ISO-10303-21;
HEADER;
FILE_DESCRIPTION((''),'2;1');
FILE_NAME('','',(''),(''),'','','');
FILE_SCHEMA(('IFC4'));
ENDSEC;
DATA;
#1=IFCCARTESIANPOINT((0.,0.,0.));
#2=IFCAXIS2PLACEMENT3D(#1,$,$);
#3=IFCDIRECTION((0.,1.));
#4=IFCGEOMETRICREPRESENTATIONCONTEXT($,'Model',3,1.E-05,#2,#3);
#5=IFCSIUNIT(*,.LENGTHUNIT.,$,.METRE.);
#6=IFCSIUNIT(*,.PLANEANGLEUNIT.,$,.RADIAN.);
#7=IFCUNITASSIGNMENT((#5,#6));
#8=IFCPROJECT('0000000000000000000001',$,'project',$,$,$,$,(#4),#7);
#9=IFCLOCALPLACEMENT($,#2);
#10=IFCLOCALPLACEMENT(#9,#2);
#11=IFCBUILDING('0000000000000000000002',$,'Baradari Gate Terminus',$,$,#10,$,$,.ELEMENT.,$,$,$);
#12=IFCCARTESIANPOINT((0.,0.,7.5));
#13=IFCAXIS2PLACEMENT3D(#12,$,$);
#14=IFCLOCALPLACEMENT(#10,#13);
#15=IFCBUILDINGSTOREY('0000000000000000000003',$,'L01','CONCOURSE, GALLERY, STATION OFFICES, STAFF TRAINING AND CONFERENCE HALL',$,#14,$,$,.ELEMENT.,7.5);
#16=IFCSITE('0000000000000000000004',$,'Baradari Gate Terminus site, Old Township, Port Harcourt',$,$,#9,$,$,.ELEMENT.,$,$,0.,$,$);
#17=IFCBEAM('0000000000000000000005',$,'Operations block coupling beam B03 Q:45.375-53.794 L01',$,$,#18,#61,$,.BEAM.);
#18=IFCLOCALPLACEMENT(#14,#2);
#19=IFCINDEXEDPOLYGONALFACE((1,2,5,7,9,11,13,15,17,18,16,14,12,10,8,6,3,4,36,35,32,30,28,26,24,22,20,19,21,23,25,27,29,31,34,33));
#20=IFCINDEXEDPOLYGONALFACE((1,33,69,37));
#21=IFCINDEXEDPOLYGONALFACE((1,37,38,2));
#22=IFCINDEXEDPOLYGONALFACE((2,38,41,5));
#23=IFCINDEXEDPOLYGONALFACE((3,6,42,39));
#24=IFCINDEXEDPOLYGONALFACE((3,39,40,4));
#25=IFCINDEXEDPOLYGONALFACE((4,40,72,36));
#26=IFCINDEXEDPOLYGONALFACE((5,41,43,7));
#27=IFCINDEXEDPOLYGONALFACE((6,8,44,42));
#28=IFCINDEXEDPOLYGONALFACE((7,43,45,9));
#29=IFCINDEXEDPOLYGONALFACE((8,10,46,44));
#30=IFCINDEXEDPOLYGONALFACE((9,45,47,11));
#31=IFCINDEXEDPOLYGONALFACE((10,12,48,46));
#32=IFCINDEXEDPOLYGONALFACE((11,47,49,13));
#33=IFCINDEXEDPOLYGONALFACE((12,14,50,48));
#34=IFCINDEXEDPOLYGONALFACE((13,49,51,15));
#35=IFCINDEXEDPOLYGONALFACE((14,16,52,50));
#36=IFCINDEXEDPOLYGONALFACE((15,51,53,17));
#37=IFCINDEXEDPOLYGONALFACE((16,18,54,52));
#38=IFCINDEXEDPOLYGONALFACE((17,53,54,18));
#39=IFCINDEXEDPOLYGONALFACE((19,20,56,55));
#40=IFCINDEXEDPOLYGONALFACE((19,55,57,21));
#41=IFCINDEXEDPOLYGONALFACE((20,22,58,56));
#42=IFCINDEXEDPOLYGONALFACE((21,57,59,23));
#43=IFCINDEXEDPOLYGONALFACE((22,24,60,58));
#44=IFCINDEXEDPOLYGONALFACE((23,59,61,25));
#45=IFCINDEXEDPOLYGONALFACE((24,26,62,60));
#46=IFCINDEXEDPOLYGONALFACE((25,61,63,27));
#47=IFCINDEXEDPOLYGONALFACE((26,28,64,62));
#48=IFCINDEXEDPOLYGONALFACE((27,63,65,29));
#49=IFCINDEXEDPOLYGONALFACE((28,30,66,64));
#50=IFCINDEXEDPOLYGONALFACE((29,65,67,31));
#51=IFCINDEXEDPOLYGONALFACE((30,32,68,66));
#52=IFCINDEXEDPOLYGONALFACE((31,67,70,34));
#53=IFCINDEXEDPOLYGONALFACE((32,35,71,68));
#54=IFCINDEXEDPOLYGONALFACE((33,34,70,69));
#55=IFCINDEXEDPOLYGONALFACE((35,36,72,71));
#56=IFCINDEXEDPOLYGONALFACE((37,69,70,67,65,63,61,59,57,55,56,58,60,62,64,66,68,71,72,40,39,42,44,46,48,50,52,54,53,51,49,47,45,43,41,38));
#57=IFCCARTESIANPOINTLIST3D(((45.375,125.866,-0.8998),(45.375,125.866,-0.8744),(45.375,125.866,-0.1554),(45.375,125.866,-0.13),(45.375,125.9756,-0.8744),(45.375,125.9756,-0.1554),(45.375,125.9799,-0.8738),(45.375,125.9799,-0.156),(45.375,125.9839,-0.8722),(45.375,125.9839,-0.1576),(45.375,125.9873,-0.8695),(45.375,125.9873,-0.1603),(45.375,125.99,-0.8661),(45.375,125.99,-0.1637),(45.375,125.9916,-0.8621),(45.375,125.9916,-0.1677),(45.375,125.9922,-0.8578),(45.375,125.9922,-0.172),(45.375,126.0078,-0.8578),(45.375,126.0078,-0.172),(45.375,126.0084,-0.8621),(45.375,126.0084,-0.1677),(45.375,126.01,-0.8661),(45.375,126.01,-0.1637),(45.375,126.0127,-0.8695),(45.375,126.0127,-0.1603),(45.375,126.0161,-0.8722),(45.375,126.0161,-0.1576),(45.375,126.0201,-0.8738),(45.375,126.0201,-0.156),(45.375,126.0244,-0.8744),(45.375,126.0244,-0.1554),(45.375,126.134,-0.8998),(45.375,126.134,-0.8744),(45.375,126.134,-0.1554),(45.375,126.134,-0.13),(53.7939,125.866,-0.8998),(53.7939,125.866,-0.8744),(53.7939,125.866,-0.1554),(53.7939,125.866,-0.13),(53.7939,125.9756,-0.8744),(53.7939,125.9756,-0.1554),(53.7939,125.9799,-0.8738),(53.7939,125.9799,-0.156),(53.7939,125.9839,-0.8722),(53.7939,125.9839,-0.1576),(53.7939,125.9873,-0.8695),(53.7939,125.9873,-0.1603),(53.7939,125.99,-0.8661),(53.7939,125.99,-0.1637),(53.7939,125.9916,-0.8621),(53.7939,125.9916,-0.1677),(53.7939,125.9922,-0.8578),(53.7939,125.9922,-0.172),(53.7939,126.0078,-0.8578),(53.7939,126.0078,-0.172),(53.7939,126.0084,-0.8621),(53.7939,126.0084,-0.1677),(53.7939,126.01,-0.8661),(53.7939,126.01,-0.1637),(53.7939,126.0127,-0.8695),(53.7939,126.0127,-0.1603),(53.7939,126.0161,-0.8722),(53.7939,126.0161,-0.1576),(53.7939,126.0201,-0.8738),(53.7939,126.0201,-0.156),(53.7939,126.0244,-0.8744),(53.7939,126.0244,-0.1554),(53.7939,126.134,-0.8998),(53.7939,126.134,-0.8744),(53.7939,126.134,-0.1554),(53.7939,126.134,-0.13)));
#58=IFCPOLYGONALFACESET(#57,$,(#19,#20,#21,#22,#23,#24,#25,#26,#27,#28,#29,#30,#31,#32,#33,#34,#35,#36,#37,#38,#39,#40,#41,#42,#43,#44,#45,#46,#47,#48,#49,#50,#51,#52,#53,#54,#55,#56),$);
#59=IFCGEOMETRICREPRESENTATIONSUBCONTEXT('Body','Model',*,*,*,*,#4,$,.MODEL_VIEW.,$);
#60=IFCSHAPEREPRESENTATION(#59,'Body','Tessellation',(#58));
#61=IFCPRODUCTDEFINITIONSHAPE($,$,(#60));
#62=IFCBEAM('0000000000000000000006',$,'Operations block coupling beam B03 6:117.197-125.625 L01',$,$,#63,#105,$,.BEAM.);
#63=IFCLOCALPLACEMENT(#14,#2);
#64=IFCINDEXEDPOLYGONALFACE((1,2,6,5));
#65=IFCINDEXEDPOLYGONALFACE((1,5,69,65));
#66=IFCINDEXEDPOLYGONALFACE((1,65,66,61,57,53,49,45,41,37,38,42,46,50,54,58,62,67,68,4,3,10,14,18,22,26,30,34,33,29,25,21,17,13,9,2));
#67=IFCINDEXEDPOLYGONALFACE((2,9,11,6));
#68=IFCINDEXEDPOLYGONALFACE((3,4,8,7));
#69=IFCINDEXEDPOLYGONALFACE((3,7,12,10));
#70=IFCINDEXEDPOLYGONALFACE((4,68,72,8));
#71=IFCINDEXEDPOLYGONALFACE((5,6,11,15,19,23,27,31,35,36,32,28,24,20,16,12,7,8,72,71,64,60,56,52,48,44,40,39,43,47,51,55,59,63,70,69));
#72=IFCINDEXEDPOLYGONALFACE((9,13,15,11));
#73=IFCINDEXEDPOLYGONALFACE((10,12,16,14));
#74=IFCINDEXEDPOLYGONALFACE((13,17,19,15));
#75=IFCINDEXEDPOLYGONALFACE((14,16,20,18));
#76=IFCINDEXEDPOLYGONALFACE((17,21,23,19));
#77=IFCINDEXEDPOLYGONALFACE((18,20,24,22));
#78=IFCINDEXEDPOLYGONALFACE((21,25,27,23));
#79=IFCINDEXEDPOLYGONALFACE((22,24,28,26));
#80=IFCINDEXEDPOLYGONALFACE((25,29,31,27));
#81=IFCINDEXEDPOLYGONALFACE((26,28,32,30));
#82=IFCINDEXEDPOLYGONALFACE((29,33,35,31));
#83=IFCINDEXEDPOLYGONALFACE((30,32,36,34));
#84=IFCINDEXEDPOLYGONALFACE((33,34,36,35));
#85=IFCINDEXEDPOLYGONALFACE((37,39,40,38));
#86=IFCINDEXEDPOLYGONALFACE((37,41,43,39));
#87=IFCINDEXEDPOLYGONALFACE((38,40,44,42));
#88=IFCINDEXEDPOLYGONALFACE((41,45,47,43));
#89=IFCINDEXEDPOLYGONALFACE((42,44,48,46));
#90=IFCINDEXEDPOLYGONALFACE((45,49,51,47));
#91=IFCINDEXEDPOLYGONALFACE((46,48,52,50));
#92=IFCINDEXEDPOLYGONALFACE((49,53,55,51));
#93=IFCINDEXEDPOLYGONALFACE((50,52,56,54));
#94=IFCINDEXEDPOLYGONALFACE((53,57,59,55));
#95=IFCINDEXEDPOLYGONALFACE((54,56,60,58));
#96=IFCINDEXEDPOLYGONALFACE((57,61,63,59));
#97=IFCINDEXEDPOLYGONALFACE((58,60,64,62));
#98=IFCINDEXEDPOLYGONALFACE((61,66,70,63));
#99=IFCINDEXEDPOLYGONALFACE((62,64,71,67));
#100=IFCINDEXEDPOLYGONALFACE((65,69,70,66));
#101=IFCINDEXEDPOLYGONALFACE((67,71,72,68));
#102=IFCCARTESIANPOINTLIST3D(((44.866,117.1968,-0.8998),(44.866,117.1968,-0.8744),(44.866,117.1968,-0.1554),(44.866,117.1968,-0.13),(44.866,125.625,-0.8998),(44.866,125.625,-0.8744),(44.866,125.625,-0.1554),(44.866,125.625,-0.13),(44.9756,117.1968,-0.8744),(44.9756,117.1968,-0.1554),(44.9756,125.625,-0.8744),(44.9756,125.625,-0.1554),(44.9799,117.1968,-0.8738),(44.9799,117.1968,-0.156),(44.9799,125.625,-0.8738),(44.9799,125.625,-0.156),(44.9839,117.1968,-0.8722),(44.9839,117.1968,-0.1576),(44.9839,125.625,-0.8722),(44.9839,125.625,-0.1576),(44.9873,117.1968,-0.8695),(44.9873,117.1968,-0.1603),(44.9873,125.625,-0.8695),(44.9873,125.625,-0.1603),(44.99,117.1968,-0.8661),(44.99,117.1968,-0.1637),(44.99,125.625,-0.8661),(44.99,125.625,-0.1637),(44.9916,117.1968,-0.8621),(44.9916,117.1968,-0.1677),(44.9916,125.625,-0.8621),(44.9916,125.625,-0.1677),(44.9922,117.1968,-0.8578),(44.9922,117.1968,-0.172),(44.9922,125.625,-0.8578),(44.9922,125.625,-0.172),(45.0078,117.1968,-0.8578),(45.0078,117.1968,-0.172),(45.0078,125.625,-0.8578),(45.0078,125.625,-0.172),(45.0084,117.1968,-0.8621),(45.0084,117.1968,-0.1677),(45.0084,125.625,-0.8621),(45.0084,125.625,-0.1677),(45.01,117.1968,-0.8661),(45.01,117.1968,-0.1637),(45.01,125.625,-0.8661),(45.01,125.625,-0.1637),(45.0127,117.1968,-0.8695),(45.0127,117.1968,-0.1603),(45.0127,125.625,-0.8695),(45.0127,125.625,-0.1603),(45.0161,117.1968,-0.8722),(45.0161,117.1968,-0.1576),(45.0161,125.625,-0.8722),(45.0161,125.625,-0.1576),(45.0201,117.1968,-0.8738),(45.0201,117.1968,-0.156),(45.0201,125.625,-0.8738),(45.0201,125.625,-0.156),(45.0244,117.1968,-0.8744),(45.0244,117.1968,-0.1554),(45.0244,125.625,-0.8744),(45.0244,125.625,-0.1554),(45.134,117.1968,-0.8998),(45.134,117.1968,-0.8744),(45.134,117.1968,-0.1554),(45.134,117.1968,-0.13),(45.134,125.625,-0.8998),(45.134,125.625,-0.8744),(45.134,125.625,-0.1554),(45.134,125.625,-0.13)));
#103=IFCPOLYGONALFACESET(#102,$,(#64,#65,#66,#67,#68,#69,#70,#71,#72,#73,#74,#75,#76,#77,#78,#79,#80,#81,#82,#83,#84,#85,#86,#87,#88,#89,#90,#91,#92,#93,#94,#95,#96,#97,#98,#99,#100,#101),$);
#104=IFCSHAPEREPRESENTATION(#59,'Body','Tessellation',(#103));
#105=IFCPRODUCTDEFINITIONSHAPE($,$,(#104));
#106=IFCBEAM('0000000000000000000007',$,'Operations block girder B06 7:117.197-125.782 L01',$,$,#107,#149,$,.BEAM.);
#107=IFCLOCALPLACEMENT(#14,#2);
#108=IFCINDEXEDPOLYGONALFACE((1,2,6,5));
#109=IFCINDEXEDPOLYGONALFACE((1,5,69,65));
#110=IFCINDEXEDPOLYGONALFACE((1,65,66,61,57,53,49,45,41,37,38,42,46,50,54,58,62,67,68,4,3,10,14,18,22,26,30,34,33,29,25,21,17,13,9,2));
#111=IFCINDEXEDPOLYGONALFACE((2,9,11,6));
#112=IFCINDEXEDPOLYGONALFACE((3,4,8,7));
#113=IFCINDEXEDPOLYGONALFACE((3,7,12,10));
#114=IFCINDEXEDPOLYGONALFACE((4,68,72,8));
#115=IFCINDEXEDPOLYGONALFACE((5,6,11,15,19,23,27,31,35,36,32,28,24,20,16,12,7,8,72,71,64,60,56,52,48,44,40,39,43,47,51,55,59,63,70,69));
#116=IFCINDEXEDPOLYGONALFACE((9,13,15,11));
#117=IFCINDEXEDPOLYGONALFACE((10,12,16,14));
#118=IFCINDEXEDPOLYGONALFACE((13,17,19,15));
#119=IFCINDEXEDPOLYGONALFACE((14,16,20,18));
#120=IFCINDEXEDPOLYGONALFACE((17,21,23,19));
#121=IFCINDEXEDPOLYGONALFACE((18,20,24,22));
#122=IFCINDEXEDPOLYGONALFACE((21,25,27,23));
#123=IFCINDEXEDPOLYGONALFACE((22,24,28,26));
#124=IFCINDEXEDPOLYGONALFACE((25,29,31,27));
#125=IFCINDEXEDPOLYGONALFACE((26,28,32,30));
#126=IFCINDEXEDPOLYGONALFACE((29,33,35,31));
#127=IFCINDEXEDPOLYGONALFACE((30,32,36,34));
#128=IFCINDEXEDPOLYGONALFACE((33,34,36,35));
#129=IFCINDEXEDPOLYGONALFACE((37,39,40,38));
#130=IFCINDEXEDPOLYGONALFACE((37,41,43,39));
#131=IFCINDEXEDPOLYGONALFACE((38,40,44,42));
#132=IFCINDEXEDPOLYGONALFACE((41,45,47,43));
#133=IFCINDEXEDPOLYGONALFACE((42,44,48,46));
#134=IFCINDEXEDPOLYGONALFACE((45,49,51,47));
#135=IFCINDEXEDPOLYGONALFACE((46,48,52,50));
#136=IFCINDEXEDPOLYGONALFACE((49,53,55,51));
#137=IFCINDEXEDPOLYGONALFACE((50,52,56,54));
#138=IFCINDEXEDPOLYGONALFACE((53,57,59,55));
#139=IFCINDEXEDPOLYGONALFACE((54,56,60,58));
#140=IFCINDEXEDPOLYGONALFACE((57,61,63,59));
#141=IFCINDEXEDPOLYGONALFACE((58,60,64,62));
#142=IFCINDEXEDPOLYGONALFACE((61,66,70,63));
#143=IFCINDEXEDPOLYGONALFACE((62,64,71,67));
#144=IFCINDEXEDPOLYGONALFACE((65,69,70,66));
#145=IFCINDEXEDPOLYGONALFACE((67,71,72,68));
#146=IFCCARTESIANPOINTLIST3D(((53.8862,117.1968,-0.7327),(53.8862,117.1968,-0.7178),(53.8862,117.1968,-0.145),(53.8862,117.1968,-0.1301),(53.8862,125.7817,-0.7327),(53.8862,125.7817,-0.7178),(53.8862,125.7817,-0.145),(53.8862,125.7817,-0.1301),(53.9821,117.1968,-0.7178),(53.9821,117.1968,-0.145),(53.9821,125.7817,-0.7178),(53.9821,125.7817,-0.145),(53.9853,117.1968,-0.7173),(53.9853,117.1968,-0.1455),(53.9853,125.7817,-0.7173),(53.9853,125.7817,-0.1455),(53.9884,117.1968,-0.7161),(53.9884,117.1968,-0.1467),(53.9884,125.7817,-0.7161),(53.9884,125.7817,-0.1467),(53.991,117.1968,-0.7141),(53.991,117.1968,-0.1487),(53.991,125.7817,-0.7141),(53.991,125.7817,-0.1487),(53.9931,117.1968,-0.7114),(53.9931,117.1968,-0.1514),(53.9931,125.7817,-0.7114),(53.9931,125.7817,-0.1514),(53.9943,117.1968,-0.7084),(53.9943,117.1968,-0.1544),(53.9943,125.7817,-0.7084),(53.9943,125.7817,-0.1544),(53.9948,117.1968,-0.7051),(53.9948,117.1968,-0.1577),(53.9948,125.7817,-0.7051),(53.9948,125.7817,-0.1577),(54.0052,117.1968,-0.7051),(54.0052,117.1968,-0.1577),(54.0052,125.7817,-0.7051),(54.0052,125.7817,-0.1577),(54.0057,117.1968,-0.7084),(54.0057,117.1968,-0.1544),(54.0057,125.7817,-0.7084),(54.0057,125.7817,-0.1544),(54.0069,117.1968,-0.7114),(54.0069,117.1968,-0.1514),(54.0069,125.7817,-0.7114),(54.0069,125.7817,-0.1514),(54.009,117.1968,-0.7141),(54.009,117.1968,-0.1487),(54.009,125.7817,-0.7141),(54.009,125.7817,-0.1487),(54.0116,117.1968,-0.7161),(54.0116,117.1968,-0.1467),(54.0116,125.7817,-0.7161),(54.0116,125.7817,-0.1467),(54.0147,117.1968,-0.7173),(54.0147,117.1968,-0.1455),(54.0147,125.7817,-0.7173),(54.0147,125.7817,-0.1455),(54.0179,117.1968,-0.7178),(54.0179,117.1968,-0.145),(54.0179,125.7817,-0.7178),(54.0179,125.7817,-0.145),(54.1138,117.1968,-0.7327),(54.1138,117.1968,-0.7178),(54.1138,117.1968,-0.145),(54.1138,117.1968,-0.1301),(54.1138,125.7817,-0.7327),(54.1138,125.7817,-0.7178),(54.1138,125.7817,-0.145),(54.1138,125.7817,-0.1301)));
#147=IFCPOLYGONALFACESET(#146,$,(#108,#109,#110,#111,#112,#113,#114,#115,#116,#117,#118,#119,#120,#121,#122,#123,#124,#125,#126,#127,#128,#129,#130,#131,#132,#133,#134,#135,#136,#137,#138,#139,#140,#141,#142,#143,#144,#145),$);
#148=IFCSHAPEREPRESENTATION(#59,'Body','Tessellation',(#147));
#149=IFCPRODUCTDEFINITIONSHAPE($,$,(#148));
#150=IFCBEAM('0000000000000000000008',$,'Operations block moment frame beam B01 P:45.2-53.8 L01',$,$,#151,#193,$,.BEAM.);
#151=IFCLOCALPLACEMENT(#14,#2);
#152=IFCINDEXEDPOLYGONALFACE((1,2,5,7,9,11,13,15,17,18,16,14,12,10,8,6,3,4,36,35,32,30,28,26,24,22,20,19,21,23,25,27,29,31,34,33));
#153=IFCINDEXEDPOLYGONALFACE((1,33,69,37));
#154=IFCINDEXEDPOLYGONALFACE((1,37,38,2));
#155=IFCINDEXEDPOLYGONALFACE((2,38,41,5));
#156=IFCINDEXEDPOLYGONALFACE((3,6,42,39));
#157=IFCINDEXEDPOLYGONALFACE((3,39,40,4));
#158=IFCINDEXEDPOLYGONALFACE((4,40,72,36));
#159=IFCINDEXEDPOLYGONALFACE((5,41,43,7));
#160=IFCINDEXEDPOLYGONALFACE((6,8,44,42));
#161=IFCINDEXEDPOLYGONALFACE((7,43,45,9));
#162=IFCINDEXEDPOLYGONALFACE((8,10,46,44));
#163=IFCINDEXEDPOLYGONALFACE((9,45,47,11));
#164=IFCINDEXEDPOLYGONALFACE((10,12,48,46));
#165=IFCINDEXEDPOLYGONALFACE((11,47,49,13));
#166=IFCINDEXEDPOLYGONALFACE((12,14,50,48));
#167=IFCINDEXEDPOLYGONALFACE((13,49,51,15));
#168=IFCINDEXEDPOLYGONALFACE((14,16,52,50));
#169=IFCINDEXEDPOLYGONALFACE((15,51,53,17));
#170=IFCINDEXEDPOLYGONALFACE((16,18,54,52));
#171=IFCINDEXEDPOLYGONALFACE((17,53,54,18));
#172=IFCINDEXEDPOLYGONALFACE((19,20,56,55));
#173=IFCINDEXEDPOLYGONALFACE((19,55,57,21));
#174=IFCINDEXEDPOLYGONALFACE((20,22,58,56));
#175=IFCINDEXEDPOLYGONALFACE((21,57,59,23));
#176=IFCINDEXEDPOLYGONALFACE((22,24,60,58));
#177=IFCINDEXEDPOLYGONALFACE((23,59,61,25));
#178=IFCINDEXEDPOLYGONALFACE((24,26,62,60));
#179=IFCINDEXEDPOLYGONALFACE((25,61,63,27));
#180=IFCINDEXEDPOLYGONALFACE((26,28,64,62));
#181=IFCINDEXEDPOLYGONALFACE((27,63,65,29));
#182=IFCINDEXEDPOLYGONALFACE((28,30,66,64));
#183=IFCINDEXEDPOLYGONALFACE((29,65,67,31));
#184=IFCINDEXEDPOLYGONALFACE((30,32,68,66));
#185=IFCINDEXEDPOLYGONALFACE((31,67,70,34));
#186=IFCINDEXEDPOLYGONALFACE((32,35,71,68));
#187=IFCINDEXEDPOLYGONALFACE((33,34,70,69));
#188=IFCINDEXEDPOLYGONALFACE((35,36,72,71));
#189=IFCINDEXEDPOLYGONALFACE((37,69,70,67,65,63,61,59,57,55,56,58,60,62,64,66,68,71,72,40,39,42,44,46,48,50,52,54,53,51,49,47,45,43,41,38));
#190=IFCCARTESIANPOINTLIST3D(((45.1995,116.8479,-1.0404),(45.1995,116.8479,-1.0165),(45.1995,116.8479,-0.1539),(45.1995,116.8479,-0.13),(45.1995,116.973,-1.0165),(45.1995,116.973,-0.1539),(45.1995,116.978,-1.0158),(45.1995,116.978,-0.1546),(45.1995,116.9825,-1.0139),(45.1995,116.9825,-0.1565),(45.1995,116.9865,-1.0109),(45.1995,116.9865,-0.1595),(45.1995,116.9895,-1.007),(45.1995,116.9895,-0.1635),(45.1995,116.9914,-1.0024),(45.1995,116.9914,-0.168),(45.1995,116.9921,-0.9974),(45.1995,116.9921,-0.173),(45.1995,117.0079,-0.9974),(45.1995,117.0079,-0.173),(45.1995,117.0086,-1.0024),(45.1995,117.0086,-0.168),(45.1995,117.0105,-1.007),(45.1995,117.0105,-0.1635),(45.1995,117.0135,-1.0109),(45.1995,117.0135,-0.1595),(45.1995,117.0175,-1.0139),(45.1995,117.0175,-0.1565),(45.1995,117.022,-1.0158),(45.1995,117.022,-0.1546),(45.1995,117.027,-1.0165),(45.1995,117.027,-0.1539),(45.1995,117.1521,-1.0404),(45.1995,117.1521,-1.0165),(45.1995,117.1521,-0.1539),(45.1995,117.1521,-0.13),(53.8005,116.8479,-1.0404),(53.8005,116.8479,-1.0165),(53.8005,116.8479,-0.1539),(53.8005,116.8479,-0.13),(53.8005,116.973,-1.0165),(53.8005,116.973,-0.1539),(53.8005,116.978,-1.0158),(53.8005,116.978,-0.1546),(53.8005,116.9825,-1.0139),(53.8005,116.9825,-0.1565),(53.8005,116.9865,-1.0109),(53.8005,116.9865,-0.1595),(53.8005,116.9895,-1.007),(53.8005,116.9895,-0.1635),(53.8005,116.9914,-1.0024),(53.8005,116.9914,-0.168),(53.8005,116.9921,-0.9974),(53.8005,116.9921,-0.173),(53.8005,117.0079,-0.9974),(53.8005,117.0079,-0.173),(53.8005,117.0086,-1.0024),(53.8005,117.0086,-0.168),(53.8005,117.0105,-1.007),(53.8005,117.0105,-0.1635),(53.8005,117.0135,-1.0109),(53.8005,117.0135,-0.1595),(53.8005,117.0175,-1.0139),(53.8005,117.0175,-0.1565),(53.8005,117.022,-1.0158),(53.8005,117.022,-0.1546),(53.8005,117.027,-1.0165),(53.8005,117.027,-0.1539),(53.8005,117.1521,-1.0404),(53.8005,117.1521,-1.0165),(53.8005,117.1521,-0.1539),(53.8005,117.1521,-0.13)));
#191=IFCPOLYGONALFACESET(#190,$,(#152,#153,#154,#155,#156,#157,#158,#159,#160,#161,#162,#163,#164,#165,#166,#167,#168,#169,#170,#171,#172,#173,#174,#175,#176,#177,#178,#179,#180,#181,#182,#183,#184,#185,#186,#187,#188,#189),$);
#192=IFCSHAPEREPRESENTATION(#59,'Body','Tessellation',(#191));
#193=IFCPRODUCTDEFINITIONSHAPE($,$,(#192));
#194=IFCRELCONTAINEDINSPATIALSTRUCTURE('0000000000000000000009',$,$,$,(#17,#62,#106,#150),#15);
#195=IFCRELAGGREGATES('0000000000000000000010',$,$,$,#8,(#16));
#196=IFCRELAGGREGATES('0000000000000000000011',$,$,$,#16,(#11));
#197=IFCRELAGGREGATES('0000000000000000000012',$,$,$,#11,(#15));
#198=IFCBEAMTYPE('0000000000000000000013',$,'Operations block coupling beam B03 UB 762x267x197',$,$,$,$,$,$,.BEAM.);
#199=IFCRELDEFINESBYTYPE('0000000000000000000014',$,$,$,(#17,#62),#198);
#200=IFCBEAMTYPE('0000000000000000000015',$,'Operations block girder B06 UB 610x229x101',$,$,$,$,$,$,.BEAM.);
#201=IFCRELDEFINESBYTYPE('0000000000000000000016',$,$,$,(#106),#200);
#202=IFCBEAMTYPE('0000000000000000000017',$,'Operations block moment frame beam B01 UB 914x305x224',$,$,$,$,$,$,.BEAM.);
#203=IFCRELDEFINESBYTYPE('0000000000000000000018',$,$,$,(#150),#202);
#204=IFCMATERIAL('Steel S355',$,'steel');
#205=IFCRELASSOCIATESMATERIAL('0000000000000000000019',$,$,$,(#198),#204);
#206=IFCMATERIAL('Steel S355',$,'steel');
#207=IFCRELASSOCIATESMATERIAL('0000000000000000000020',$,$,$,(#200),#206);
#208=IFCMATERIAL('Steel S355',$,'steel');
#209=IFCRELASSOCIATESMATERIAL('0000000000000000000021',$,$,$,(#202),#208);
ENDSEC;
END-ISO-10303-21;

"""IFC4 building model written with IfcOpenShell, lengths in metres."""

from ifc_helpers import new_model, si_unit, direction, frame, origin, origin_2d, place, context, subcontext, project, spatial, i_section, extrude, material, material_profile, profile_set, type_object, element, save


model = new_model("IFC4")

# Units and contexts
model_context = context("Model", 3, precision=1e-05, world=origin(), true_north=direction((0.0, 1.0)))
body_context = subcontext(model_context, "Body", "Model", "MODEL_VIEW")
ifc_project = project(units=[si_unit("LENGTHUNIT", "METRE"), si_unit("PLANEANGLEUNIT", "RADIAN")], contexts=[model_context])

# Site, building, storey
site_placement = place(None, origin())
site = spatial("IfcSite", under=ifc_project, at=site_placement, Name="Baradari Gate Terminus site, Old Township, Port Harcourt", CompositionType="ELEMENT", RefElevation=0.0)
building_placement = place(site_placement, origin())
building = spatial("IfcBuilding", under=site, at=building_placement, Name="Baradari Gate Terminus", CompositionType="ELEMENT")
storey_placement = place(building_placement, frame((0.0, 0.0, 7.5)))
storey = spatial("IfcBuildingStorey", under=building, at=storey_placement, Name="L01", Description="CONCOURSE, GALLERY, STATION OFFICES, STAFF TRAINING AND CONFERENCE HALL", CompositionType="ELEMENT", Elevation=7.5)

# Beams
ifc_material_1 = material(Name="Steel S355", Category="steel")
ifc_material_profile_1 = material_profile(ifc_material_1, i_section(OverallWidth=0.2681, OverallDepth=0.7698, WebThickness=0.0156, FlangeThickness=0.0254, FilletRadius=0.0166, at=origin_2d()), Name="UB 762x267x197")
ifc_profile_set_1 = profile_set([ifc_material_profile_1], Name="Steel S355")
beam_type_1 = type_object("IfcBeamType", Name="Operations block coupling beam B03 UB 762x267x197", PredefinedType="BEAM", material=ifc_profile_set_1)
beam_1_placement = place(storey_placement, frame((45.375, 126.0, -0.5149), z_axis=(1.0, 0.0, 0.0), x_axis=(0.0, 1.0, 0.0)))
element("IfcBeam", 1, at=beam_1_placement, inside=storey, type_object=beam_type_1, Name="Operations block coupling beam B03 Q:45.375-53.794 L01", PredefinedType="BEAM", context=body_context, shape_type="SweptSolid", body=[
    extrude(i_section(OverallWidth=0.2681, OverallDepth=0.7698, WebThickness=0.0156, FlangeThickness=0.0254, FilletRadius=0.0166, at=origin_2d()), origin(), (0.0, 0.0, 1.0), 8.4189),
])
beam_2_placement = place(storey_placement, frame((45.0, 117.1968, -0.5149), z_axis=(0.0, 1.0, 0.0), x_axis=(-1.0, 0.0, 0.0)))
element("IfcBeam", 2, at=beam_2_placement, inside=storey, type_object=beam_type_1, Name="Operations block coupling beam B03 6:117.197-125.625 L01", PredefinedType="BEAM", context=body_context, shape_type="SweptSolid", body=[
    extrude(i_section(OverallWidth=0.2681, OverallDepth=0.7698, WebThickness=0.0156, FlangeThickness=0.0254, FilletRadius=0.0166, at=origin_2d()), origin(), (0.0, 0.0, 1.0), 8.4282),
])
ifc_material_2 = material(Name="Steel S355", Category="steel")
ifc_material_profile_2 = material_profile(ifc_material_2, i_section(OverallWidth=0.2275, OverallDepth=0.6025, WebThickness=0.0105, FlangeThickness=0.0149, FilletRadius=0.0127, at=origin_2d()), Name="UB 610x229x101")
ifc_profile_set_2 = profile_set([ifc_material_profile_2], Name="Steel S355")
beam_type_2 = type_object("IfcBeamType", Name="Operations block girder B06 UB 610x229x101", PredefinedType="BEAM", material=ifc_profile_set_2)
beam_3_placement = place(storey_placement, frame((54.0, 117.1968, -0.4314), z_axis=(0.0, 1.0, 0.0), x_axis=(-1.0, 0.0, 0.0)))
element("IfcBeam", 3, at=beam_3_placement, inside=storey, type_object=beam_type_2, Name="Operations block girder B06 7:117.197-125.782 L01", PredefinedType="BEAM", context=body_context, shape_type="SweptSolid", body=[
    extrude(i_section(OverallWidth=0.2275, OverallDepth=0.6025, WebThickness=0.0105, FlangeThickness=0.0149, FilletRadius=0.0127, at=origin_2d()), origin(), (0.0, 0.0, 1.0), 8.585),
])
ifc_material_3 = material(Name="Steel S355", Category="steel")
ifc_material_profile_3 = material_profile(ifc_material_3, i_section(OverallWidth=0.3042, OverallDepth=0.9104, WebThickness=0.0159, FlangeThickness=0.0239, FilletRadius=0.019, at=origin_2d()), Name="UB 914x305x224")
ifc_profile_set_3 = profile_set([ifc_material_profile_3], Name="Steel S355")
beam_type_3 = type_object("IfcBeamType", Name="Operations block moment frame beam B01 UB 914x305x224", PredefinedType="BEAM", material=ifc_profile_set_3)
for number, where, z_axis, x_axis, name in (
    (4, (45.1995, 117.0, -0.5852), (1.0, 0.0, 0.0), (0.0, 1.0, 0.0), "Operations block moment frame beam B01 P:45.2-53.8 L01"),
):
    element("IfcBeam", number, at=place(storey_placement, frame(where, z_axis=z_axis, x_axis=x_axis)), inside=storey, type_object=beam_type_3, Name=name, PredefinedType="BEAM", context=body_context, shape_type="SweptSolid", body=[
        extrude(i_section(OverallWidth=0.3042, OverallDepth=0.9104, WebThickness=0.0159, FlangeThickness=0.0239, FilletRadius=0.019, at=origin_2d()), origin(), (0.0, 0.0, 1.0), 8.6011),
    ])

save(model, "model.ifc")
